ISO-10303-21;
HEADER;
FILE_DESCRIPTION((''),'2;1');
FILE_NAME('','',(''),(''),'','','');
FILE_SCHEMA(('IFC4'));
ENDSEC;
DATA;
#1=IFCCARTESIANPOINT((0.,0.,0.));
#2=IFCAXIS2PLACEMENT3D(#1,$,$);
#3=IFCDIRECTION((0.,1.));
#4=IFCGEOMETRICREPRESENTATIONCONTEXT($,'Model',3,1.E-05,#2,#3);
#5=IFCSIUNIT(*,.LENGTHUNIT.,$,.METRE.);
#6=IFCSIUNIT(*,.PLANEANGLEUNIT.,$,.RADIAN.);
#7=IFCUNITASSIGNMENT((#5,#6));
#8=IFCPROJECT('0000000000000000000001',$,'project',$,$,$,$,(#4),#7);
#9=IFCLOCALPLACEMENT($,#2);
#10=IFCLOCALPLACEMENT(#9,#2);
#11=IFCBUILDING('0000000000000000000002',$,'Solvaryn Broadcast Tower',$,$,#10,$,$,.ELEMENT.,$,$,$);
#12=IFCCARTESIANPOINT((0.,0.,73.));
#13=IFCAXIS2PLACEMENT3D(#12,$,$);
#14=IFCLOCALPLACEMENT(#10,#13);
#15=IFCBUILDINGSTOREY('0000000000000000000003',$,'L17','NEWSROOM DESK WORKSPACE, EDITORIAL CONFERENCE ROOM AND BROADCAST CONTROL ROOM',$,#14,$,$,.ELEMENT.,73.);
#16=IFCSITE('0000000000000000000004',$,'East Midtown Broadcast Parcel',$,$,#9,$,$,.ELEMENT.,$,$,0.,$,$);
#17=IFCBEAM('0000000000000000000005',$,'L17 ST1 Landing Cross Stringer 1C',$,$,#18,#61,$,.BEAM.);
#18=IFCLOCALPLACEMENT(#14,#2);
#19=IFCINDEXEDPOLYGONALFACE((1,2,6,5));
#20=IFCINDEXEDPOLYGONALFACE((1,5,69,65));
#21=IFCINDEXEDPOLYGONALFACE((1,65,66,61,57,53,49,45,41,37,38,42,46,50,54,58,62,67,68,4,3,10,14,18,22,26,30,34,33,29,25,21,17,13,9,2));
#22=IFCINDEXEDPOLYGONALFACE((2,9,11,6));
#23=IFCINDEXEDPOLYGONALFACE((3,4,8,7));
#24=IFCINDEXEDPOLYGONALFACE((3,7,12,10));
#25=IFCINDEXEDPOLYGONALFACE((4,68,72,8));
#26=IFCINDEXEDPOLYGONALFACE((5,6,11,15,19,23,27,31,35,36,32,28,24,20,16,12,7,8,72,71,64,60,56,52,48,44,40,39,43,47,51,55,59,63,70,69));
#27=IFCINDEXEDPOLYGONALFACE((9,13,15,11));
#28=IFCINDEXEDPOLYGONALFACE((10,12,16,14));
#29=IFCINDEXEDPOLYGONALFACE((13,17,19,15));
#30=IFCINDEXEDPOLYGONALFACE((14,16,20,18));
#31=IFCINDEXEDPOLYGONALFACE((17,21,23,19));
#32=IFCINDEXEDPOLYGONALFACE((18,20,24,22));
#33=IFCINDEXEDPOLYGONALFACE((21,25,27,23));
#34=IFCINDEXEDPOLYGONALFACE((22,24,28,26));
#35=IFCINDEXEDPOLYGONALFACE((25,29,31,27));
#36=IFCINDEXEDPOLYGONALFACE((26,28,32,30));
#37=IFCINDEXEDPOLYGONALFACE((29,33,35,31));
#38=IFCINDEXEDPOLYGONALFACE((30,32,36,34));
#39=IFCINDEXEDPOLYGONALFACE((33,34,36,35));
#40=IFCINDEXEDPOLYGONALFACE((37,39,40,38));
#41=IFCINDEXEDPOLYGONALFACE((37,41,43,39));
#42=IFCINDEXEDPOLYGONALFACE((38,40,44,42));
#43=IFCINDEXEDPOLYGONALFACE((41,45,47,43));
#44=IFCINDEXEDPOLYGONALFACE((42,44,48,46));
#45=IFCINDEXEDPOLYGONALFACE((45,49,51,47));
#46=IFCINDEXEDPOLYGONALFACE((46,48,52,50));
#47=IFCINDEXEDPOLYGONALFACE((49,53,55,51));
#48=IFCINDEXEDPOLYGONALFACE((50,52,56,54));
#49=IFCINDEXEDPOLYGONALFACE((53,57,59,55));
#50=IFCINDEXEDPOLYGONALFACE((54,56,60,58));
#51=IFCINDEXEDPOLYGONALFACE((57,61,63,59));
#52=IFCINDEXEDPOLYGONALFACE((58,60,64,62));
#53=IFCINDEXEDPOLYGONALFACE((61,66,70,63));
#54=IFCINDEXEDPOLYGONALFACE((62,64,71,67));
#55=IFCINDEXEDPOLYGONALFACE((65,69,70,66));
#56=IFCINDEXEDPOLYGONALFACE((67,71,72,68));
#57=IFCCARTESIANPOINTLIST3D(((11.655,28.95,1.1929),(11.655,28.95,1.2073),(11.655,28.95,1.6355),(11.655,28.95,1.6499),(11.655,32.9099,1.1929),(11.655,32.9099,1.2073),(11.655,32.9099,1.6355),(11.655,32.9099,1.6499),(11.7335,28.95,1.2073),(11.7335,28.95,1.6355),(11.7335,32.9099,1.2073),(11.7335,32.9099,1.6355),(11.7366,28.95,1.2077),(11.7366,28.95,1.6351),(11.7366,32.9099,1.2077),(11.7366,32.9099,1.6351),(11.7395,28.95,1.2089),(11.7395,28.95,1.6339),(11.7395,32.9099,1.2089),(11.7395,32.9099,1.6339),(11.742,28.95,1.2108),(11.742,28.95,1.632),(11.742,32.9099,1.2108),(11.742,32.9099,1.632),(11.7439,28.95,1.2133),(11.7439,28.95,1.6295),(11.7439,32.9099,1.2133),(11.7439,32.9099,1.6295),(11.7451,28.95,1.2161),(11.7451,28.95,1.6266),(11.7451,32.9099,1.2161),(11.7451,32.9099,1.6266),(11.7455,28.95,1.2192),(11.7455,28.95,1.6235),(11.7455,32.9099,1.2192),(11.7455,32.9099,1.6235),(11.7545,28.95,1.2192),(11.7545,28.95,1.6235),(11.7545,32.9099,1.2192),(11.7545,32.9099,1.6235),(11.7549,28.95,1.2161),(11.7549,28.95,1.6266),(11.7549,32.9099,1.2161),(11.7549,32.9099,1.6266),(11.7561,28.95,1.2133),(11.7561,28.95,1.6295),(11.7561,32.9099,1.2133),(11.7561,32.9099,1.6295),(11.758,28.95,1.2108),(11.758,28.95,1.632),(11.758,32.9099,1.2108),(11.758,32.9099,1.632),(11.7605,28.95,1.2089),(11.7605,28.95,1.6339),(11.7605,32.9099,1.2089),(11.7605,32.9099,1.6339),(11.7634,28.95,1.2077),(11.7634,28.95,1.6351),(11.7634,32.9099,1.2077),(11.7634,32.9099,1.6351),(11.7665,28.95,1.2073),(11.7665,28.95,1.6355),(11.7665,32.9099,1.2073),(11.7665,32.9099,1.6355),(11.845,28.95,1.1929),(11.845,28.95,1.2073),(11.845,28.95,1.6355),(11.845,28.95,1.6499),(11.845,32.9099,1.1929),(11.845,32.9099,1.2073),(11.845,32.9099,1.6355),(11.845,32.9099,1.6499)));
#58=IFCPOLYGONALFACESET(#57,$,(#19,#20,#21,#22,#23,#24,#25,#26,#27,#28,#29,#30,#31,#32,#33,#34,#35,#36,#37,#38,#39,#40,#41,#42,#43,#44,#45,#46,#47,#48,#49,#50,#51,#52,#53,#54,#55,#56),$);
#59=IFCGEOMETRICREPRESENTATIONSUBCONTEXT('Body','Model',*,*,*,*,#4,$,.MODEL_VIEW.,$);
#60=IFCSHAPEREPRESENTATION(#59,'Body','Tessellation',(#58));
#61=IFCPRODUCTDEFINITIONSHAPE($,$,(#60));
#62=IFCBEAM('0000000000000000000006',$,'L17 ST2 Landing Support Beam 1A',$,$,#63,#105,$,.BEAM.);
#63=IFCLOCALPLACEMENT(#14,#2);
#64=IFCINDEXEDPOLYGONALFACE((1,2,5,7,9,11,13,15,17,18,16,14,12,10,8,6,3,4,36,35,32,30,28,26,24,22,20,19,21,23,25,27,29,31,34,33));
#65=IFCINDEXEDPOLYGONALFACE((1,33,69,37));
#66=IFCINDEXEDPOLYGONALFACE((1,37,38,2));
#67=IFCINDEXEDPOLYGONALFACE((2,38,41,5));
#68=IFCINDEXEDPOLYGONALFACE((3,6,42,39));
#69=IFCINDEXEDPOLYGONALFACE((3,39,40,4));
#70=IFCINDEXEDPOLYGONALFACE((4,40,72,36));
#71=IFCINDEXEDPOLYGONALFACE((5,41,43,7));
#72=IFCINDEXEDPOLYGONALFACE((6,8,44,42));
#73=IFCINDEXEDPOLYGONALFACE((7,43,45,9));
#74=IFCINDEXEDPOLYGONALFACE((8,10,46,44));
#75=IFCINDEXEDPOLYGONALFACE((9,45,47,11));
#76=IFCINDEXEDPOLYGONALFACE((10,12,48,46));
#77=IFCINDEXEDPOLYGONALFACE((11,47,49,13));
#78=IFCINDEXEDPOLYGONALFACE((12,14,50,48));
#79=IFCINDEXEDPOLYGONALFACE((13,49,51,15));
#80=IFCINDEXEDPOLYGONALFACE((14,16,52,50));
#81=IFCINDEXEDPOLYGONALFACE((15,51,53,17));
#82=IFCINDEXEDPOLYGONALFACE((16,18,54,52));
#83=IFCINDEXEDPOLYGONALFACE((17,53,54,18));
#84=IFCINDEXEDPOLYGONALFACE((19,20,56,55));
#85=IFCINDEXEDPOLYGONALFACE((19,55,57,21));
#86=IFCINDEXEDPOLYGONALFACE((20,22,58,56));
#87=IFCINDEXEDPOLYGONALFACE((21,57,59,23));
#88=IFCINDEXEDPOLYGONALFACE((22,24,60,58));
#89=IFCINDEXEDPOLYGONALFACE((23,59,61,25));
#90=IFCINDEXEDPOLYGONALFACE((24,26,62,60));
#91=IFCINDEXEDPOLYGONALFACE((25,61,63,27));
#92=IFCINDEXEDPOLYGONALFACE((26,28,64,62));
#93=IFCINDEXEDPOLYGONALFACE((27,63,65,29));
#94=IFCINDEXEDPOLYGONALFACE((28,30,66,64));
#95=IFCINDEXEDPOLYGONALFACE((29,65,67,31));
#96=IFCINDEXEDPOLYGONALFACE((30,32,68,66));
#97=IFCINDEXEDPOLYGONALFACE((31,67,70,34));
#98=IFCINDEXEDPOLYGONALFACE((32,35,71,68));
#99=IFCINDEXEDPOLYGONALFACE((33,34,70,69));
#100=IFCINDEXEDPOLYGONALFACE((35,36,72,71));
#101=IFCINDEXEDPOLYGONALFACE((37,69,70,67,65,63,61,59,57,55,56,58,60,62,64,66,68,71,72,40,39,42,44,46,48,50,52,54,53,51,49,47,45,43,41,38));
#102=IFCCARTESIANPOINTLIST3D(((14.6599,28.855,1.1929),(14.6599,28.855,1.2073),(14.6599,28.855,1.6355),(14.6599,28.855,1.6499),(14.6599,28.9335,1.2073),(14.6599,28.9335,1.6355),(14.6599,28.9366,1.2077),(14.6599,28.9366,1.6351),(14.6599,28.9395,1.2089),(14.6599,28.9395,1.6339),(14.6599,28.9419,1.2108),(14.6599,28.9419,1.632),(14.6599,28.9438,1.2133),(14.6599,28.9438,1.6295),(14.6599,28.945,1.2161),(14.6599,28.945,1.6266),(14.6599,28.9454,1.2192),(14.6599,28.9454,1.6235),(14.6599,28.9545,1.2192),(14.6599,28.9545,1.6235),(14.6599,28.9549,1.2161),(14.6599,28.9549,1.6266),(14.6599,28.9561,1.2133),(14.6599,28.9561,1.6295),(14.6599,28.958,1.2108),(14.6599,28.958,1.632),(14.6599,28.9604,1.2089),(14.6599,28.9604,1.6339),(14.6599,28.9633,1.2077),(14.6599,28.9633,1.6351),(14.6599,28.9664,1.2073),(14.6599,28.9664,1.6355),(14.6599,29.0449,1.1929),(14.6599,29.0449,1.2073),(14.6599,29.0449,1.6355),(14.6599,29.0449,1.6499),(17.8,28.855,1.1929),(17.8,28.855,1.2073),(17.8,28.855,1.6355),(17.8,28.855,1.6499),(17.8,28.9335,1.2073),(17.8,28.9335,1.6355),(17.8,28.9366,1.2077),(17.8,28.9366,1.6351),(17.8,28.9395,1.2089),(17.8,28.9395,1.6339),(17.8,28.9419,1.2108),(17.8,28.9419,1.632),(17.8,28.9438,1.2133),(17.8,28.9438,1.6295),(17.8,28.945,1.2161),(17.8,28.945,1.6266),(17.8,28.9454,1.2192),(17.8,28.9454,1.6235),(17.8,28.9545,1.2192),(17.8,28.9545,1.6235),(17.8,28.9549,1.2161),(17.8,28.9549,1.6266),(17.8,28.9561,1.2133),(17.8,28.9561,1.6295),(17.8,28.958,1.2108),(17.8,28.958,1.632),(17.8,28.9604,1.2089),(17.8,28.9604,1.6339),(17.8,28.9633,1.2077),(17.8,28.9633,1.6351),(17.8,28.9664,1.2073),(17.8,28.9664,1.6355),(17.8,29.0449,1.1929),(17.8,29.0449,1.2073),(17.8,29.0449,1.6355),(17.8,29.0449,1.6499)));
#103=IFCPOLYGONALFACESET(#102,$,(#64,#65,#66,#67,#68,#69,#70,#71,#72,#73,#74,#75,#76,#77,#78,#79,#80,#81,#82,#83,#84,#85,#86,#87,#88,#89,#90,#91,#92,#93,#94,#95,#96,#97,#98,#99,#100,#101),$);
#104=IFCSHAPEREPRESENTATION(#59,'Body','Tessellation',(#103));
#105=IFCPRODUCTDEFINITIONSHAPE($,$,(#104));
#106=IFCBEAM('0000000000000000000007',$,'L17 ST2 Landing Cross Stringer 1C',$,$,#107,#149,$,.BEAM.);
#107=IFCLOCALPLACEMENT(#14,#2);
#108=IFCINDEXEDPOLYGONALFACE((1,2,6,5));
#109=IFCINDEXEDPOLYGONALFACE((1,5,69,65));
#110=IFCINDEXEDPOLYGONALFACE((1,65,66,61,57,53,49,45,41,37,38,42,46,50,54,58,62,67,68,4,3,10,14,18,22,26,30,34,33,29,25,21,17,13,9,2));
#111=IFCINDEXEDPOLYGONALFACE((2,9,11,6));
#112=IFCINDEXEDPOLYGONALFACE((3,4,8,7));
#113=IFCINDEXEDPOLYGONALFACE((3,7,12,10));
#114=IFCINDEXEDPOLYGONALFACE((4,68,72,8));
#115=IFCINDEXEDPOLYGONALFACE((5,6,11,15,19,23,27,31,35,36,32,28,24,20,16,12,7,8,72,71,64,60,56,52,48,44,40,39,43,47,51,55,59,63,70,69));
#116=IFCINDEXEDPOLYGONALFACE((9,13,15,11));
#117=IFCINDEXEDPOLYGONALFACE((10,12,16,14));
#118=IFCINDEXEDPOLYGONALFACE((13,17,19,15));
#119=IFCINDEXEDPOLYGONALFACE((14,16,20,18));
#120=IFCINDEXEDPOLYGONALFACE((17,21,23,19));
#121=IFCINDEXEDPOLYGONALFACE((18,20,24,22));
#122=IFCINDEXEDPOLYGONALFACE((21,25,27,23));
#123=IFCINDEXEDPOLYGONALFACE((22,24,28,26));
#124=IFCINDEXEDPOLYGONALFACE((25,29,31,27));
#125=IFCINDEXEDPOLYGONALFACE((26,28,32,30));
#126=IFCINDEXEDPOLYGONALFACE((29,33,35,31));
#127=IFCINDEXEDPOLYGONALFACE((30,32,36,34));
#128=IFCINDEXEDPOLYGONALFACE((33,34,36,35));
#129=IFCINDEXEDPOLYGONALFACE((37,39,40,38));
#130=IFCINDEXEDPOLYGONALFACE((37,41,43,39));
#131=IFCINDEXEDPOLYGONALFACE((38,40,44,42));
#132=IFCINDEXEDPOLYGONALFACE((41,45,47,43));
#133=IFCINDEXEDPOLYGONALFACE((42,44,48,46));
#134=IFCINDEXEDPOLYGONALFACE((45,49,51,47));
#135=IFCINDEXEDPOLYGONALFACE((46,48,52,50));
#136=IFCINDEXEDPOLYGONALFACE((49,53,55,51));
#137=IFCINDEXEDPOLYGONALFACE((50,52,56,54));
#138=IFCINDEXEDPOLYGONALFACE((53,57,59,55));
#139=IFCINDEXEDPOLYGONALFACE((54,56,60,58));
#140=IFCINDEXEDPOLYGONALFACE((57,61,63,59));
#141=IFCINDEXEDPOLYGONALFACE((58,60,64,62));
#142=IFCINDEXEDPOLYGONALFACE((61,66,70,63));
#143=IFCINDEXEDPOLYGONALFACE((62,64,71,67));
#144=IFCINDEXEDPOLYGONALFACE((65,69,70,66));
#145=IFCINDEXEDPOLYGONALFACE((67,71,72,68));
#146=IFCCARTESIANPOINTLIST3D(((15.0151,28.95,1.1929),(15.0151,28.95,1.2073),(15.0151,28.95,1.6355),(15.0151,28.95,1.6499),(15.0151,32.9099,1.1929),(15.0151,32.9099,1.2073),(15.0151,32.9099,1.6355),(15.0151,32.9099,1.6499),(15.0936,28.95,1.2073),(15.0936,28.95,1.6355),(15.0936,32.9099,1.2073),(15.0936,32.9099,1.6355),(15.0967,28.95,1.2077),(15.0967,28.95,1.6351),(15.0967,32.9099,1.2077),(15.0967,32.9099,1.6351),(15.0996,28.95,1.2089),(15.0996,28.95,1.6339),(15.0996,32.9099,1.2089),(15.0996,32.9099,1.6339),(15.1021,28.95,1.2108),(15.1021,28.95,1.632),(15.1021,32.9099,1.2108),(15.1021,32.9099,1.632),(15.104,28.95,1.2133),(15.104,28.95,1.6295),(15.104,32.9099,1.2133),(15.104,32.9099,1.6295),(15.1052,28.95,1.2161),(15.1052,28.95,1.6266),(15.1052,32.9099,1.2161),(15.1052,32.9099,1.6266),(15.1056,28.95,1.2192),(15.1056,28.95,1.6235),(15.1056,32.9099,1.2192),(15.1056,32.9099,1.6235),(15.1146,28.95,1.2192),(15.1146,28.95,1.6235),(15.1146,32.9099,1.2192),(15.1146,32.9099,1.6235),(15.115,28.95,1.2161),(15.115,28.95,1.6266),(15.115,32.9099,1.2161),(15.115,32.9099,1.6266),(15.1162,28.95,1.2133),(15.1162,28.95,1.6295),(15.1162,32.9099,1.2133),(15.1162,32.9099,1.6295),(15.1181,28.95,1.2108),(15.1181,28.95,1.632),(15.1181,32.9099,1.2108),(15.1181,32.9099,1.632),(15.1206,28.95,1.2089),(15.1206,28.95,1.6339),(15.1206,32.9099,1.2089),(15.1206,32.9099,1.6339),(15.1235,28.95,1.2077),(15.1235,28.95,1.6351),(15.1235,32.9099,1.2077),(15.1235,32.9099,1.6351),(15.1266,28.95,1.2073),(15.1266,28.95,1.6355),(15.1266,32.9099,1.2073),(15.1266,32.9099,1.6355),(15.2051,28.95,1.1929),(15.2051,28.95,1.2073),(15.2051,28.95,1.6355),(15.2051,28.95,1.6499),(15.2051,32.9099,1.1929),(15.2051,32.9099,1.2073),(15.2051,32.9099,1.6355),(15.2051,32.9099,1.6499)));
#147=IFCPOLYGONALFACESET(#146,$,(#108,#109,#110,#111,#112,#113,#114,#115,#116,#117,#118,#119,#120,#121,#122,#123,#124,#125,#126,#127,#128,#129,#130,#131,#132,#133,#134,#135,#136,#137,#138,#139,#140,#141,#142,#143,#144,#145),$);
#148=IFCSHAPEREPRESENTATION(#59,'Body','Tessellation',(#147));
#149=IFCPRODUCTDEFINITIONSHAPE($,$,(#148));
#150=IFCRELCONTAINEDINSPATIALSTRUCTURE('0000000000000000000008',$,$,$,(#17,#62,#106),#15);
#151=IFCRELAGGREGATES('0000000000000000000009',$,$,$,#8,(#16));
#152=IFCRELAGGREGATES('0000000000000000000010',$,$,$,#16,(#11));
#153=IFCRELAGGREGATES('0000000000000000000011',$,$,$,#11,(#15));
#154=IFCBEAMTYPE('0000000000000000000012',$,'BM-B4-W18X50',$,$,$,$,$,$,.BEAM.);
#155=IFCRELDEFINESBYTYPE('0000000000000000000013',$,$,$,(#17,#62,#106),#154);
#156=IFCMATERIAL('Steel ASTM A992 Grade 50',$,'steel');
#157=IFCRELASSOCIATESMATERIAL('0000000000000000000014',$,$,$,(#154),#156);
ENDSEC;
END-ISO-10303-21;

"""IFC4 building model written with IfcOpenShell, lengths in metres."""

from ifc_helpers import new_model, si_unit, direction, frame, origin, origin_2d, place, context, subcontext, project, spatial, i_section, extrude, material, material_profile, profile_set, type_object, element, save


model = new_model("IFC4")

# Units and contexts
model_context = context("Model", 3, precision=1e-05, world=origin(), true_north=direction((0.0, 1.0)))
body_context = subcontext(model_context, "Body", "Model", "MODEL_VIEW")
ifc_project = project(units=[si_unit("LENGTHUNIT", "METRE"), si_unit("PLANEANGLEUNIT", "RADIAN")], contexts=[model_context])

# Site, building, storey
site_placement = place(None, origin())
site = spatial("IfcSite", under=ifc_project, at=site_placement, Name="East Midtown Broadcast Parcel", CompositionType="ELEMENT", RefElevation=0.0)
building_placement = place(site_placement, origin())
building = spatial("IfcBuilding", under=site, at=building_placement, Name="Solvaryn Broadcast Tower", CompositionType="ELEMENT")
storey_placement = place(building_placement, frame((0.0, 0.0, 73.0)))
storey = spatial("IfcBuildingStorey", under=building, at=storey_placement, Name="L17", Description="NEWSROOM DESK WORKSPACE, EDITORIAL CONFERENCE ROOM AND BROADCAST CONTROL ROOM", CompositionType="ELEMENT", Elevation=73.0)

# Beams
ifc_material_1 = material(Name="Steel ASTM A992 Grade 50", Category="steel")
ifc_material_profile_1 = material_profile(ifc_material_1, i_section(OverallWidth=0.1899, OverallDepth=0.457, WebThickness=0.009, FlangeThickness=0.0144, FilletRadius=0.012, at=origin_2d()))
ifc_profile_set_1 = profile_set([ifc_material_profile_1], Name="Steel ASTM A992 Grade 50")
beam_type_1 = type_object("IfcBeamType", Name="BM-B4-W18X50", PredefinedType="BEAM", material=ifc_profile_set_1)
beam_1_placement = place(storey_placement, frame((11.75, 28.95, 1.4214), z_axis=(0.0, 1.0, 0.0), x_axis=(-1.0, 0.0, 0.0)))
element("IfcBeam", 1, at=beam_1_placement, inside=storey, type_object=beam_type_1, Name="L17 ST1 Landing Cross Stringer 1C", PredefinedType="BEAM", context=body_context, shape_type="SweptSolid", body=[
    extrude(i_section(OverallWidth=0.1899, OverallDepth=0.457, WebThickness=0.009, FlangeThickness=0.0144, FilletRadius=0.012, at=origin_2d()), origin(), (0.0, 0.0, 1.0), 3.96),
])
beam_2_placement = place(storey_placement, frame((14.6599, 28.95, 1.4214), z_axis=(1.0, 0.0, 0.0), x_axis=(0.0, 1.0, 0.0)))
element("IfcBeam", 2, at=beam_2_placement, inside=storey, type_object=beam_type_1, Name="L17 ST2 Landing Support Beam 1A", PredefinedType="BEAM", context=body_context, shape_type="SweptSolid", body=[
    extrude(i_section(OverallWidth=0.1899, OverallDepth=0.457, WebThickness=0.009, FlangeThickness=0.0144, FilletRadius=0.012, at=origin_2d()), origin(), (0.0, 0.0, 1.0), 3.1401),
])
beam_3_placement = place(storey_placement, frame((15.1101, 28.95, 1.4214), z_axis=(0.0, 1.0, 0.0), x_axis=(-1.0, 0.0, 0.0)))
element("IfcBeam", 3, at=beam_3_placement, inside=storey, type_object=beam_type_1, Name="L17 ST2 Landing Cross Stringer 1C", PredefinedType="BEAM", context=body_context, shape_type="SweptSolid", body=[
    extrude(i_section(OverallWidth=0.1899, OverallDepth=0.457, WebThickness=0.009, FlangeThickness=0.0144, FilletRadius=0.012, at=origin_2d()), origin(), (0.0, 0.0, 1.0), 3.96),
])

save(model, "model.ifc")
